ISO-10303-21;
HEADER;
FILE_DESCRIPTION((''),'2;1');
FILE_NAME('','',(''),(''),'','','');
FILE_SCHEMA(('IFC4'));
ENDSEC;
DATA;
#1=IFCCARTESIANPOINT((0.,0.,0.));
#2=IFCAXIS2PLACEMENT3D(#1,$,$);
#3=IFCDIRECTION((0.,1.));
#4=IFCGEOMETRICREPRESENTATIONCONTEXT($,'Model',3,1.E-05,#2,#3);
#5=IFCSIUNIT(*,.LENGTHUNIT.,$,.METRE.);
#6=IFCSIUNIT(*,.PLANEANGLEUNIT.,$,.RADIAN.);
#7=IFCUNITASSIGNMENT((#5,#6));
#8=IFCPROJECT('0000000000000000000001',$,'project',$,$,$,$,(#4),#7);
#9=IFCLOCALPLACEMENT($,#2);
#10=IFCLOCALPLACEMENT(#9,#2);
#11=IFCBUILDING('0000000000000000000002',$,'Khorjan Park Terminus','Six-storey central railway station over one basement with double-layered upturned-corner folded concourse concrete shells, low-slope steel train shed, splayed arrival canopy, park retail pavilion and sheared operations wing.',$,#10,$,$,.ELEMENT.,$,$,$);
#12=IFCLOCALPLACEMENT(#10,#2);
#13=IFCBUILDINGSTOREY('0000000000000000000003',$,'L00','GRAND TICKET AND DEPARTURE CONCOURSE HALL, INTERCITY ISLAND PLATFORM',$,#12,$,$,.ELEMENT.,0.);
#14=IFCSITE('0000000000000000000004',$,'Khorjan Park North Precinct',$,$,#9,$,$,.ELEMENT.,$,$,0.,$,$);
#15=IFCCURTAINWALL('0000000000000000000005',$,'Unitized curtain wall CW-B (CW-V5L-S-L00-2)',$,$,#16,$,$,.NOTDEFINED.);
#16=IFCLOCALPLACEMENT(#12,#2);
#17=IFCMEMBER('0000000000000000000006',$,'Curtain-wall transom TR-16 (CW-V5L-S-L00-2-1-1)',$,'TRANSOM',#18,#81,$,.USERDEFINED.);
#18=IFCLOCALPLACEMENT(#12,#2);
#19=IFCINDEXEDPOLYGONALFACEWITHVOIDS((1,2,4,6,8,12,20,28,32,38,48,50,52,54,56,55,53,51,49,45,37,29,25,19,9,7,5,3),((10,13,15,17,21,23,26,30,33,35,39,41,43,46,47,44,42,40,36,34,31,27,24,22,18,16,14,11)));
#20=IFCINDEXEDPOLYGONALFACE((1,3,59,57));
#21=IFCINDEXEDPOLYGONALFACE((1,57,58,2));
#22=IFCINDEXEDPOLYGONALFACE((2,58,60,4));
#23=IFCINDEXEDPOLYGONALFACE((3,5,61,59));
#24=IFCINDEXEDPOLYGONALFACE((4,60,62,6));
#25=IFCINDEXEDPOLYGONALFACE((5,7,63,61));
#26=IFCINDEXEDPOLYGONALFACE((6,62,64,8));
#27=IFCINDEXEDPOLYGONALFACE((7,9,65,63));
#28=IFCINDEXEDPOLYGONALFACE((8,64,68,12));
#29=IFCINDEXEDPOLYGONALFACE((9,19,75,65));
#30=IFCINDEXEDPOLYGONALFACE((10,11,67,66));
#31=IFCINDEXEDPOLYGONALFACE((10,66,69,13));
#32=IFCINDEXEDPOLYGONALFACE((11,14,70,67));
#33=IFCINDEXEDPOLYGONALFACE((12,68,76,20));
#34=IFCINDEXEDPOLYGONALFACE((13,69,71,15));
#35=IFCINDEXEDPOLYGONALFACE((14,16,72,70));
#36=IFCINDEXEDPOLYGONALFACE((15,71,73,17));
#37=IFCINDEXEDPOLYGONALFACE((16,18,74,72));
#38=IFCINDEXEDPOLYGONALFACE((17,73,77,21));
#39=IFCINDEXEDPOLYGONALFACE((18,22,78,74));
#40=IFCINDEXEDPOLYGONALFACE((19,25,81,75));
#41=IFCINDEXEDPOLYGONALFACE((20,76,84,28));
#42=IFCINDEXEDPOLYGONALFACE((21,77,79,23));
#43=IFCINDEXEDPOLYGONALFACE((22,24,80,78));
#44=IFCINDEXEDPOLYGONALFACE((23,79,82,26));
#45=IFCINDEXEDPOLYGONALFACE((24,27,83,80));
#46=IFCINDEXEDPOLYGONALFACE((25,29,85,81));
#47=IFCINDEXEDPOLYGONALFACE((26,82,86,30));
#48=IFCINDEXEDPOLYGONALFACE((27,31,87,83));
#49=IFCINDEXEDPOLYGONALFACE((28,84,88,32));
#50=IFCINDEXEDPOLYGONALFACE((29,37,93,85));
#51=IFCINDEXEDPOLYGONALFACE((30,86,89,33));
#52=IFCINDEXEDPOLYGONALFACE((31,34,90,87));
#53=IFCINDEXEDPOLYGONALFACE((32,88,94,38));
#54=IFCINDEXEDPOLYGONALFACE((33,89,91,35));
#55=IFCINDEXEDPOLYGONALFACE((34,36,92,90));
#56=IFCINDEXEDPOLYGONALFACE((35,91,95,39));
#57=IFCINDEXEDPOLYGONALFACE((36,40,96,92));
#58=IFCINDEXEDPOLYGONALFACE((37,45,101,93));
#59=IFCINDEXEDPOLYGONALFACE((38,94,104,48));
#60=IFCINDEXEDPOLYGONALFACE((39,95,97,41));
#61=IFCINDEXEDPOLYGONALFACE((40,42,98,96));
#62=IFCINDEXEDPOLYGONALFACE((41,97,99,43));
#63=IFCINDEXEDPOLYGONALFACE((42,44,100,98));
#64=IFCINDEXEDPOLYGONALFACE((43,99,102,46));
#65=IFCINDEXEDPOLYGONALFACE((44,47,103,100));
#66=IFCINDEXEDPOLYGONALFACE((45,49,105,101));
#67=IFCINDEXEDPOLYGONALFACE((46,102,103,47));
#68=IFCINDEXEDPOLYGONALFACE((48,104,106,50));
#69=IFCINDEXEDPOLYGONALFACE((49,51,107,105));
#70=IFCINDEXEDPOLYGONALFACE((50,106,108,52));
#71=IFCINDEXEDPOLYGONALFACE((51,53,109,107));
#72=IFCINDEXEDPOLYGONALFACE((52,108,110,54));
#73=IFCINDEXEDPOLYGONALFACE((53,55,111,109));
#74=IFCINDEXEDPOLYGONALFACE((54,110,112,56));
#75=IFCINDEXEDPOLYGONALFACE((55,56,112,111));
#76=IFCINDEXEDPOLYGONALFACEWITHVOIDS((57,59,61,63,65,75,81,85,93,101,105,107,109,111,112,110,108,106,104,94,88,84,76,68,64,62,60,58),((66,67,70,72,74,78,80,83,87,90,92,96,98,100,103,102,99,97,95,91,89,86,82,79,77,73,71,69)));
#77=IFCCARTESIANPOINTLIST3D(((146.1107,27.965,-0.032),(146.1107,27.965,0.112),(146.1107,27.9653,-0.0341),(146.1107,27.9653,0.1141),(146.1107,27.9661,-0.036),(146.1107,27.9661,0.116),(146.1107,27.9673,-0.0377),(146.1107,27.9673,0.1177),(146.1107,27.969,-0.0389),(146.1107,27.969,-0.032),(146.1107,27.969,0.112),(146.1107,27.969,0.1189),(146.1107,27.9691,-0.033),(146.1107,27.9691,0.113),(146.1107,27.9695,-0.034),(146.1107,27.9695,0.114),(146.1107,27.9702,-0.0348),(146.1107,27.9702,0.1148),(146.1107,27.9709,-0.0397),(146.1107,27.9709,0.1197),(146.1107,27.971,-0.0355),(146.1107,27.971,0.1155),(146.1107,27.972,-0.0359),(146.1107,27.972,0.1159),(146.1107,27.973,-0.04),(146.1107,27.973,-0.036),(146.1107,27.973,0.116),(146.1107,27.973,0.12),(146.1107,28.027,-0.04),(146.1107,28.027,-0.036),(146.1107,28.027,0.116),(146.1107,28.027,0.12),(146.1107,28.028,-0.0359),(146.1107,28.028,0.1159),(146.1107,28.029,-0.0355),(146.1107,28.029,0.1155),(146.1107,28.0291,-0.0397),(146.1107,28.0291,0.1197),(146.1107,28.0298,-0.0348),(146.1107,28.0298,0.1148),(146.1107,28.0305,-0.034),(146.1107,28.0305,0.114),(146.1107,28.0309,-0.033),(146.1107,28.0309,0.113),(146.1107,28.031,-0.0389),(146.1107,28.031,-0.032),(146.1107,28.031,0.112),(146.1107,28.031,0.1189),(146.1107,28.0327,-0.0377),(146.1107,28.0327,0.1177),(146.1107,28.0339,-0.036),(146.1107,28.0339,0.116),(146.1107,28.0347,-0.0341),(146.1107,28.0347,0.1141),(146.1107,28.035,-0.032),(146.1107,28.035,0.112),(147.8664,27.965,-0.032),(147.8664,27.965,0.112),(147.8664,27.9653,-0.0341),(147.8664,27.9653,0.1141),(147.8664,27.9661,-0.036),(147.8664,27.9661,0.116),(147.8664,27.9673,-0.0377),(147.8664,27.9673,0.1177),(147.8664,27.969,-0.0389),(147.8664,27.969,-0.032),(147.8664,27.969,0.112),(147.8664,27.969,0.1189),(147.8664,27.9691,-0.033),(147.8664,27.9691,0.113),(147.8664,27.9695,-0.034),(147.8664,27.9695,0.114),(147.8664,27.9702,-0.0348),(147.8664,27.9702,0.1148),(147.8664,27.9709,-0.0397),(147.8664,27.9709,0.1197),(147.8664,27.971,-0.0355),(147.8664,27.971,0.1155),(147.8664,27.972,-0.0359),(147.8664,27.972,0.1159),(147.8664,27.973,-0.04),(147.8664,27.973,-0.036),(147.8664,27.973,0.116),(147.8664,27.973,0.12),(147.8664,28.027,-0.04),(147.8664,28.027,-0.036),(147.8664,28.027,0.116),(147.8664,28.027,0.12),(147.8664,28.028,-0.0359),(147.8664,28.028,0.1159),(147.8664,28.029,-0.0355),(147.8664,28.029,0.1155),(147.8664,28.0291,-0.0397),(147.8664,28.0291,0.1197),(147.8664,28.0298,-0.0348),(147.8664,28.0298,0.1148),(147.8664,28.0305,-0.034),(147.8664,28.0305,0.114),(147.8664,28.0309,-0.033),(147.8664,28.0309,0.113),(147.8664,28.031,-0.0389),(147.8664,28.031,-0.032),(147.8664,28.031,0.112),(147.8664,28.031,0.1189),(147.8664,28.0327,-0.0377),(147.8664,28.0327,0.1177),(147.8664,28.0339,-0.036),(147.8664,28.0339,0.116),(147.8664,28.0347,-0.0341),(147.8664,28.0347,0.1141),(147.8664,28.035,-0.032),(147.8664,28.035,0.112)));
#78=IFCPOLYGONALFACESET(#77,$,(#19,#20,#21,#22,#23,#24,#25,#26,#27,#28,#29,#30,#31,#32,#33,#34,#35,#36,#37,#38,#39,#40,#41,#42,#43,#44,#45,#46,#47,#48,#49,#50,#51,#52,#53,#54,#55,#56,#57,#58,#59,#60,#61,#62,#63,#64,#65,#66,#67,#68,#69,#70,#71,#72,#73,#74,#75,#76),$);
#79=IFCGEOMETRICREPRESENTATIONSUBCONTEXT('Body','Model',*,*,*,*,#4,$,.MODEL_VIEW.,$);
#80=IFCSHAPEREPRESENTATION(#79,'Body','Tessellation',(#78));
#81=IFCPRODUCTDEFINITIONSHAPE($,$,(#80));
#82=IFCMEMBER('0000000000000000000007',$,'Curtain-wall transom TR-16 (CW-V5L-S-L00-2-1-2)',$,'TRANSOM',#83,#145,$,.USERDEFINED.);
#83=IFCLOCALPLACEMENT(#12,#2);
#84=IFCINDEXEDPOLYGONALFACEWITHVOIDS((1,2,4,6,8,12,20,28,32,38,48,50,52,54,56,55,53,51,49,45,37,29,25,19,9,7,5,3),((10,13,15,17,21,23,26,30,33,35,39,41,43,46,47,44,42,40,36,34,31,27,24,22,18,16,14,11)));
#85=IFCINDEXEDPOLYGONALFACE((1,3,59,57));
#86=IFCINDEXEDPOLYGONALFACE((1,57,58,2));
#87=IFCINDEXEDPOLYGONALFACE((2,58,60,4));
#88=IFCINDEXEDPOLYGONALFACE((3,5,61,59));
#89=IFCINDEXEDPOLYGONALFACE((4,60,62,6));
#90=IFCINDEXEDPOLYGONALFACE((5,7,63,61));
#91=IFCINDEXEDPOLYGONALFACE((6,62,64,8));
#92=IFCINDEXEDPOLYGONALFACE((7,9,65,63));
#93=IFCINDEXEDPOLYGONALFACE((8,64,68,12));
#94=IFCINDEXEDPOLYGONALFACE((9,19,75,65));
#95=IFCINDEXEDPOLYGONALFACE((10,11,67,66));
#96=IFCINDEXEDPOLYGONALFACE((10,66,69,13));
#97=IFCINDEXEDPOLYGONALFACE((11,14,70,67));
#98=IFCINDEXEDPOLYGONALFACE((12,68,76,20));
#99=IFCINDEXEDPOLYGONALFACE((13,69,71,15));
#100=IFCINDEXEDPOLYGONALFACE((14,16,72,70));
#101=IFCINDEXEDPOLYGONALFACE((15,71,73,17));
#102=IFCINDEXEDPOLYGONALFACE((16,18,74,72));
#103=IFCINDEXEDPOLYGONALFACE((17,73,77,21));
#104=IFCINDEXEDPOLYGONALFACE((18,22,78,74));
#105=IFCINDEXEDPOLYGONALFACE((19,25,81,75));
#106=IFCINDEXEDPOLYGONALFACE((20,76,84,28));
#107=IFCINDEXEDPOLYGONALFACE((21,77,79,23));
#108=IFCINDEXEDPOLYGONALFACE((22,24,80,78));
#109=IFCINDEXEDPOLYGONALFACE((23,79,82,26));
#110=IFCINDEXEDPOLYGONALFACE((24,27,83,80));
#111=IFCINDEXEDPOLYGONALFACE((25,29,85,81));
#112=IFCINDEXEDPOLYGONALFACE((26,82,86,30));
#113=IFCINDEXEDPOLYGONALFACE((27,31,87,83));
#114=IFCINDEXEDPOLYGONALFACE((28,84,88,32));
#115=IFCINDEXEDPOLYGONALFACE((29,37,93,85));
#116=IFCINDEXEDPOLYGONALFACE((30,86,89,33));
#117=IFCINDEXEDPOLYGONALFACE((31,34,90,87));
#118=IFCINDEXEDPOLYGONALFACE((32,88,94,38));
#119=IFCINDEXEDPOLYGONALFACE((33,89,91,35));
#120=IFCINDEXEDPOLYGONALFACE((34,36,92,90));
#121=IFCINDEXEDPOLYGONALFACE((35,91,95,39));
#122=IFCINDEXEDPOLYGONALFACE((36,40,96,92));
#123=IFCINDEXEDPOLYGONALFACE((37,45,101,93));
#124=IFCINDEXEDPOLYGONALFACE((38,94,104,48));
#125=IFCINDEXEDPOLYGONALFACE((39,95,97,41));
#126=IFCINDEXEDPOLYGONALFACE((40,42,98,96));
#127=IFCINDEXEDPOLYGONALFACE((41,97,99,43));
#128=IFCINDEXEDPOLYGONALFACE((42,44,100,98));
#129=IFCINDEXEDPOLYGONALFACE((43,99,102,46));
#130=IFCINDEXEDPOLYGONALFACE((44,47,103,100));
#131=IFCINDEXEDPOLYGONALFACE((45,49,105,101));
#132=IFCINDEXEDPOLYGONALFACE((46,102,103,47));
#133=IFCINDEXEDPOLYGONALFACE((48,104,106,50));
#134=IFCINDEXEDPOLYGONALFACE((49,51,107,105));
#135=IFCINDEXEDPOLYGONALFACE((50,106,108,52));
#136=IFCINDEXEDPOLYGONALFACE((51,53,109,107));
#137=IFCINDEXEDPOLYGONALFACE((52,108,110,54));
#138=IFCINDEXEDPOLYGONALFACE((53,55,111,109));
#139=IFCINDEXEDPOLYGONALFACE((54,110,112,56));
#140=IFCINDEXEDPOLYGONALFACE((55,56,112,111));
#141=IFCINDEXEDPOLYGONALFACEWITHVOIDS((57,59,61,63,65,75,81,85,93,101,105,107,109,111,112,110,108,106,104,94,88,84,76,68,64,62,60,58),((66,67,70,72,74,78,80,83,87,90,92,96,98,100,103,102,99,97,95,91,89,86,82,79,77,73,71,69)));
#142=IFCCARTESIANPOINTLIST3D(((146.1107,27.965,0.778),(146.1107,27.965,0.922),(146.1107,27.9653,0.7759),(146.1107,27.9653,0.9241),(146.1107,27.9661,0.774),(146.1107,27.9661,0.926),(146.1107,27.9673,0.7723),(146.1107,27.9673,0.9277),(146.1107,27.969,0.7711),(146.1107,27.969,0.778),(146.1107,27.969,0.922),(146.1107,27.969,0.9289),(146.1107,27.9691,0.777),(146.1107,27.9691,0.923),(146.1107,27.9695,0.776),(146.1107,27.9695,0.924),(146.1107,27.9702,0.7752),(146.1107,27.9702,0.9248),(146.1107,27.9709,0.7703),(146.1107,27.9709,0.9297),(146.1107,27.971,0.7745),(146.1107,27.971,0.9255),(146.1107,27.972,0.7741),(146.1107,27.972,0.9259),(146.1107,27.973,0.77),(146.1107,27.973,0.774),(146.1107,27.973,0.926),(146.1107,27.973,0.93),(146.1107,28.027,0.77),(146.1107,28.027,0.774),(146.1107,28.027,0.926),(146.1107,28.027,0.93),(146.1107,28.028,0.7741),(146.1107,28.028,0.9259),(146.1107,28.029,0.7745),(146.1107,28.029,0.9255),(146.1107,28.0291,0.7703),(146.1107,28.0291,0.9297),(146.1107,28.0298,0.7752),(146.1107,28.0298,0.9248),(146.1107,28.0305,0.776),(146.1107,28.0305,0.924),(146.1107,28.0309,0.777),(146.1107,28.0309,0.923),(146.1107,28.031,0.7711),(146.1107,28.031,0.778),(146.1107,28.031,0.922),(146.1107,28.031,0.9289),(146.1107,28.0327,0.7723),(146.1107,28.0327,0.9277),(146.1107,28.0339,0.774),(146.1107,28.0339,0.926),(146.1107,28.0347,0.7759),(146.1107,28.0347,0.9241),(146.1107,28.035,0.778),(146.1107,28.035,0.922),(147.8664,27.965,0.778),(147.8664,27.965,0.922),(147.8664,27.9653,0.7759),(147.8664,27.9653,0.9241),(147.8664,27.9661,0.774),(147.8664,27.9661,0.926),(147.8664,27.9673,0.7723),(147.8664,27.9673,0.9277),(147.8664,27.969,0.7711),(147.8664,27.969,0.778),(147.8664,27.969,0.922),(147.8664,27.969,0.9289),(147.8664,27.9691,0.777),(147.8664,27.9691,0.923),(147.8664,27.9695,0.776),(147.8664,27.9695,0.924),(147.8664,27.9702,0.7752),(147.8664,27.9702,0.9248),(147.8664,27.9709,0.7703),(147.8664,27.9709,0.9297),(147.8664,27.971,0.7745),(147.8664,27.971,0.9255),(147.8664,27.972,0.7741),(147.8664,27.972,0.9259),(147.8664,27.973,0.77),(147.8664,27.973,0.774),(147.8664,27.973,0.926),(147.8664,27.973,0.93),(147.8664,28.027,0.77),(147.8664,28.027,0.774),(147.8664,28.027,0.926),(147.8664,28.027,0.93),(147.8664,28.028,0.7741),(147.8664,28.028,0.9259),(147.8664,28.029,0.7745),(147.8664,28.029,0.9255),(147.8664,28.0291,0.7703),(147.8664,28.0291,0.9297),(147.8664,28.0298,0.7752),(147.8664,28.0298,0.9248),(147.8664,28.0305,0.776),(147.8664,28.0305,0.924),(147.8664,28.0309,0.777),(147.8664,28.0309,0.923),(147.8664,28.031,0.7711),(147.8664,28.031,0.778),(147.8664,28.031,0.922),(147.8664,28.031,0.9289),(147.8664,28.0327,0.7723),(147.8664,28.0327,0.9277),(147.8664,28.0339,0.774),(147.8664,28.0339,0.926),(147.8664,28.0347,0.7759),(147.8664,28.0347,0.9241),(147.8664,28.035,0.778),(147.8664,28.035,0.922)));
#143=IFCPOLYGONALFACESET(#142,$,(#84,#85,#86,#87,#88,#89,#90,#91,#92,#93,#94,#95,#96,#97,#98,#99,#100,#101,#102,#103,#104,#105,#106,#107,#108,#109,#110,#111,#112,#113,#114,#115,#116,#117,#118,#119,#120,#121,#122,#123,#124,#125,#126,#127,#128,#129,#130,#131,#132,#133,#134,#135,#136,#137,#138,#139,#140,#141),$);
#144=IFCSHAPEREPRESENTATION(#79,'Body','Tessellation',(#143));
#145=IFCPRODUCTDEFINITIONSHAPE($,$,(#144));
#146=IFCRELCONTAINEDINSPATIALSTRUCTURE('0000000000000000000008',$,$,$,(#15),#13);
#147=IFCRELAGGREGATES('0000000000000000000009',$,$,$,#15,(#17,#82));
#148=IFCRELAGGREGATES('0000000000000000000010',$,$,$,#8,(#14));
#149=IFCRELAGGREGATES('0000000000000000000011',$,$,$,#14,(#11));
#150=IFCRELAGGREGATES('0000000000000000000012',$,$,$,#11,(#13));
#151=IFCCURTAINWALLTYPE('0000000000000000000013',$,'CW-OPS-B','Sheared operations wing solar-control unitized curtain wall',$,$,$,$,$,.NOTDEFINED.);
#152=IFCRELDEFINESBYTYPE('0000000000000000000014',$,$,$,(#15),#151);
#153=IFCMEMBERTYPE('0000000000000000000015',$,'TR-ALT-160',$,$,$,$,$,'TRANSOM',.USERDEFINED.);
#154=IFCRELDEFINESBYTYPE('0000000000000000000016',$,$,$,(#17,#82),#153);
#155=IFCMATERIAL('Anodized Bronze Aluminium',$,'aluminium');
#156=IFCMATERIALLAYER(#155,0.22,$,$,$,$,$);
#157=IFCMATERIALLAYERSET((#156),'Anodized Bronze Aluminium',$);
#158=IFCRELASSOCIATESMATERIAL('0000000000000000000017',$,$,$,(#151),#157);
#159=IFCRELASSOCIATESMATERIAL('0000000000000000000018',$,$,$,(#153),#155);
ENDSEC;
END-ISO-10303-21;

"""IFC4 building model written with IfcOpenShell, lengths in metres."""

from ifc_helpers import new_model, si_unit, direction, frame, origin, origin_2d, place, context, subcontext, project, spatial, hollow_rectangle, extrude, material, layer, layer_set, material_profile, profile_set, type_object, element, aggregate, save


model = new_model("IFC4")

# Units and contexts
model_context = context("Model", 3, precision=1e-05, world=origin(), true_north=direction((0.0, 1.0)))
body_context = subcontext(model_context, "Body", "Model", "MODEL_VIEW")
ifc_project = project(units=[si_unit("LENGTHUNIT", "METRE"), si_unit("PLANEANGLEUNIT", "RADIAN")], contexts=[model_context])

# Site, building, storey
site_placement = place(None, origin())
site = spatial("IfcSite", under=ifc_project, at=site_placement, Name="Khorjan Park North Precinct", CompositionType="ELEMENT", RefElevation=0.0)
building_placement = place(site_placement, origin())
building = spatial("IfcBuilding", under=site, at=building_placement, Name="Khorjan Park Terminus", Description="Six-storey central railway station over one basement with double-layered upturned-corner folded concourse concrete shells, low-slope steel train shed, splayed arrival canopy, park retail pavilion and sheared operations wing.", CompositionType="ELEMENT")
storey_placement = place(building_placement, origin())
storey = spatial("IfcBuildingStorey", under=building, at=storey_placement, Name="L00", Description="GRAND TICKET AND DEPARTURE CONCOURSE HALL, INTERCITY ISLAND PLATFORM", CompositionType="ELEMENT", Elevation=0.0)

# Shared definitions
ifc_material_1 = material(Name="Anodized Bronze Aluminium", Category="aluminium")
ifc_layer_1 = layer(ifc_material_1, 0.22)
ifc_layer_set_1 = layer_set([ifc_layer_1], Name="Anodized Bronze Aluminium")
curtain_wall_type = type_object("IfcCurtainWallType", Name="CW-OPS-B", Description="Sheared operations wing solar-control unitized curtain wall", PredefinedType="NOTDEFINED", material=ifc_layer_set_1)

# Curtain wall, members
curtain_wall_1_placement = place(storey_placement, origin())
curtain_wall_1 = element("IfcCurtainWall", 1, at=curtain_wall_1_placement, inside=storey, type_object=curtain_wall_type, Name="Unitized curtain wall CW-B (CW-V5L-S-L00-2)", PredefinedType="NOTDEFINED")
ifc_material_profile_1 = material_profile(ifc_material_1, hollow_rectangle(XDim=0.07, YDim=0.16, WallThickness=0.004, InnerFilletRadius=0.004, OuterFilletRadius=0.008, at=origin_2d()), Name="ALT 70x160x4")
ifc_profile_set_1 = profile_set([ifc_material_profile_1], Name="Anodized Bronze Aluminium")
member_type_1 = type_object("IfcMemberType", Name="TR-ALT-160", ElementType="TRANSOM", PredefinedType="USERDEFINED", material=ifc_profile_set_1)
member_1_placement = place(storey_placement, frame((146.1107, 28.0, 0.04), z_axis=(1.0, 0.0, 0.0), x_axis=(0.0, 1.0, 0.0)))
member_1 = element("IfcMember", 2, at=member_1_placement, type_object=member_type_1, Name="Curtain-wall transom TR-16 (CW-V5L-S-L00-2-1-1)", ObjectType="TRANSOM", PredefinedType="USERDEFINED", context=body_context, shape_type="SweptSolid", body=[
    extrude(hollow_rectangle(XDim=0.07, YDim=0.16, WallThickness=0.004, InnerFilletRadius=0.004, OuterFilletRadius=0.008, at=origin_2d()), origin(), (0.0, 0.0, 1.0), 1.7557),
])
member_2_placement = place(storey_placement, frame((146.1107, 28.0, 0.85), z_axis=(1.0, 0.0, 0.0), x_axis=(0.0, 1.0, 0.0)))
member_2 = element("IfcMember", 3, at=member_2_placement, type_object=member_type_1, Name="Curtain-wall transom TR-16 (CW-V5L-S-L00-2-1-2)", ObjectType="TRANSOM", PredefinedType="USERDEFINED", context=body_context, shape_type="SweptSolid", body=[
    extrude(hollow_rectangle(XDim=0.07, YDim=0.16, WallThickness=0.004, InnerFilletRadius=0.004, OuterFilletRadius=0.008, at=origin_2d()), origin(), (0.0, 0.0, 1.0), 1.7557),
])

aggregate(curtain_wall_1, [member_1, member_2])

save(model, "model.ifc")
